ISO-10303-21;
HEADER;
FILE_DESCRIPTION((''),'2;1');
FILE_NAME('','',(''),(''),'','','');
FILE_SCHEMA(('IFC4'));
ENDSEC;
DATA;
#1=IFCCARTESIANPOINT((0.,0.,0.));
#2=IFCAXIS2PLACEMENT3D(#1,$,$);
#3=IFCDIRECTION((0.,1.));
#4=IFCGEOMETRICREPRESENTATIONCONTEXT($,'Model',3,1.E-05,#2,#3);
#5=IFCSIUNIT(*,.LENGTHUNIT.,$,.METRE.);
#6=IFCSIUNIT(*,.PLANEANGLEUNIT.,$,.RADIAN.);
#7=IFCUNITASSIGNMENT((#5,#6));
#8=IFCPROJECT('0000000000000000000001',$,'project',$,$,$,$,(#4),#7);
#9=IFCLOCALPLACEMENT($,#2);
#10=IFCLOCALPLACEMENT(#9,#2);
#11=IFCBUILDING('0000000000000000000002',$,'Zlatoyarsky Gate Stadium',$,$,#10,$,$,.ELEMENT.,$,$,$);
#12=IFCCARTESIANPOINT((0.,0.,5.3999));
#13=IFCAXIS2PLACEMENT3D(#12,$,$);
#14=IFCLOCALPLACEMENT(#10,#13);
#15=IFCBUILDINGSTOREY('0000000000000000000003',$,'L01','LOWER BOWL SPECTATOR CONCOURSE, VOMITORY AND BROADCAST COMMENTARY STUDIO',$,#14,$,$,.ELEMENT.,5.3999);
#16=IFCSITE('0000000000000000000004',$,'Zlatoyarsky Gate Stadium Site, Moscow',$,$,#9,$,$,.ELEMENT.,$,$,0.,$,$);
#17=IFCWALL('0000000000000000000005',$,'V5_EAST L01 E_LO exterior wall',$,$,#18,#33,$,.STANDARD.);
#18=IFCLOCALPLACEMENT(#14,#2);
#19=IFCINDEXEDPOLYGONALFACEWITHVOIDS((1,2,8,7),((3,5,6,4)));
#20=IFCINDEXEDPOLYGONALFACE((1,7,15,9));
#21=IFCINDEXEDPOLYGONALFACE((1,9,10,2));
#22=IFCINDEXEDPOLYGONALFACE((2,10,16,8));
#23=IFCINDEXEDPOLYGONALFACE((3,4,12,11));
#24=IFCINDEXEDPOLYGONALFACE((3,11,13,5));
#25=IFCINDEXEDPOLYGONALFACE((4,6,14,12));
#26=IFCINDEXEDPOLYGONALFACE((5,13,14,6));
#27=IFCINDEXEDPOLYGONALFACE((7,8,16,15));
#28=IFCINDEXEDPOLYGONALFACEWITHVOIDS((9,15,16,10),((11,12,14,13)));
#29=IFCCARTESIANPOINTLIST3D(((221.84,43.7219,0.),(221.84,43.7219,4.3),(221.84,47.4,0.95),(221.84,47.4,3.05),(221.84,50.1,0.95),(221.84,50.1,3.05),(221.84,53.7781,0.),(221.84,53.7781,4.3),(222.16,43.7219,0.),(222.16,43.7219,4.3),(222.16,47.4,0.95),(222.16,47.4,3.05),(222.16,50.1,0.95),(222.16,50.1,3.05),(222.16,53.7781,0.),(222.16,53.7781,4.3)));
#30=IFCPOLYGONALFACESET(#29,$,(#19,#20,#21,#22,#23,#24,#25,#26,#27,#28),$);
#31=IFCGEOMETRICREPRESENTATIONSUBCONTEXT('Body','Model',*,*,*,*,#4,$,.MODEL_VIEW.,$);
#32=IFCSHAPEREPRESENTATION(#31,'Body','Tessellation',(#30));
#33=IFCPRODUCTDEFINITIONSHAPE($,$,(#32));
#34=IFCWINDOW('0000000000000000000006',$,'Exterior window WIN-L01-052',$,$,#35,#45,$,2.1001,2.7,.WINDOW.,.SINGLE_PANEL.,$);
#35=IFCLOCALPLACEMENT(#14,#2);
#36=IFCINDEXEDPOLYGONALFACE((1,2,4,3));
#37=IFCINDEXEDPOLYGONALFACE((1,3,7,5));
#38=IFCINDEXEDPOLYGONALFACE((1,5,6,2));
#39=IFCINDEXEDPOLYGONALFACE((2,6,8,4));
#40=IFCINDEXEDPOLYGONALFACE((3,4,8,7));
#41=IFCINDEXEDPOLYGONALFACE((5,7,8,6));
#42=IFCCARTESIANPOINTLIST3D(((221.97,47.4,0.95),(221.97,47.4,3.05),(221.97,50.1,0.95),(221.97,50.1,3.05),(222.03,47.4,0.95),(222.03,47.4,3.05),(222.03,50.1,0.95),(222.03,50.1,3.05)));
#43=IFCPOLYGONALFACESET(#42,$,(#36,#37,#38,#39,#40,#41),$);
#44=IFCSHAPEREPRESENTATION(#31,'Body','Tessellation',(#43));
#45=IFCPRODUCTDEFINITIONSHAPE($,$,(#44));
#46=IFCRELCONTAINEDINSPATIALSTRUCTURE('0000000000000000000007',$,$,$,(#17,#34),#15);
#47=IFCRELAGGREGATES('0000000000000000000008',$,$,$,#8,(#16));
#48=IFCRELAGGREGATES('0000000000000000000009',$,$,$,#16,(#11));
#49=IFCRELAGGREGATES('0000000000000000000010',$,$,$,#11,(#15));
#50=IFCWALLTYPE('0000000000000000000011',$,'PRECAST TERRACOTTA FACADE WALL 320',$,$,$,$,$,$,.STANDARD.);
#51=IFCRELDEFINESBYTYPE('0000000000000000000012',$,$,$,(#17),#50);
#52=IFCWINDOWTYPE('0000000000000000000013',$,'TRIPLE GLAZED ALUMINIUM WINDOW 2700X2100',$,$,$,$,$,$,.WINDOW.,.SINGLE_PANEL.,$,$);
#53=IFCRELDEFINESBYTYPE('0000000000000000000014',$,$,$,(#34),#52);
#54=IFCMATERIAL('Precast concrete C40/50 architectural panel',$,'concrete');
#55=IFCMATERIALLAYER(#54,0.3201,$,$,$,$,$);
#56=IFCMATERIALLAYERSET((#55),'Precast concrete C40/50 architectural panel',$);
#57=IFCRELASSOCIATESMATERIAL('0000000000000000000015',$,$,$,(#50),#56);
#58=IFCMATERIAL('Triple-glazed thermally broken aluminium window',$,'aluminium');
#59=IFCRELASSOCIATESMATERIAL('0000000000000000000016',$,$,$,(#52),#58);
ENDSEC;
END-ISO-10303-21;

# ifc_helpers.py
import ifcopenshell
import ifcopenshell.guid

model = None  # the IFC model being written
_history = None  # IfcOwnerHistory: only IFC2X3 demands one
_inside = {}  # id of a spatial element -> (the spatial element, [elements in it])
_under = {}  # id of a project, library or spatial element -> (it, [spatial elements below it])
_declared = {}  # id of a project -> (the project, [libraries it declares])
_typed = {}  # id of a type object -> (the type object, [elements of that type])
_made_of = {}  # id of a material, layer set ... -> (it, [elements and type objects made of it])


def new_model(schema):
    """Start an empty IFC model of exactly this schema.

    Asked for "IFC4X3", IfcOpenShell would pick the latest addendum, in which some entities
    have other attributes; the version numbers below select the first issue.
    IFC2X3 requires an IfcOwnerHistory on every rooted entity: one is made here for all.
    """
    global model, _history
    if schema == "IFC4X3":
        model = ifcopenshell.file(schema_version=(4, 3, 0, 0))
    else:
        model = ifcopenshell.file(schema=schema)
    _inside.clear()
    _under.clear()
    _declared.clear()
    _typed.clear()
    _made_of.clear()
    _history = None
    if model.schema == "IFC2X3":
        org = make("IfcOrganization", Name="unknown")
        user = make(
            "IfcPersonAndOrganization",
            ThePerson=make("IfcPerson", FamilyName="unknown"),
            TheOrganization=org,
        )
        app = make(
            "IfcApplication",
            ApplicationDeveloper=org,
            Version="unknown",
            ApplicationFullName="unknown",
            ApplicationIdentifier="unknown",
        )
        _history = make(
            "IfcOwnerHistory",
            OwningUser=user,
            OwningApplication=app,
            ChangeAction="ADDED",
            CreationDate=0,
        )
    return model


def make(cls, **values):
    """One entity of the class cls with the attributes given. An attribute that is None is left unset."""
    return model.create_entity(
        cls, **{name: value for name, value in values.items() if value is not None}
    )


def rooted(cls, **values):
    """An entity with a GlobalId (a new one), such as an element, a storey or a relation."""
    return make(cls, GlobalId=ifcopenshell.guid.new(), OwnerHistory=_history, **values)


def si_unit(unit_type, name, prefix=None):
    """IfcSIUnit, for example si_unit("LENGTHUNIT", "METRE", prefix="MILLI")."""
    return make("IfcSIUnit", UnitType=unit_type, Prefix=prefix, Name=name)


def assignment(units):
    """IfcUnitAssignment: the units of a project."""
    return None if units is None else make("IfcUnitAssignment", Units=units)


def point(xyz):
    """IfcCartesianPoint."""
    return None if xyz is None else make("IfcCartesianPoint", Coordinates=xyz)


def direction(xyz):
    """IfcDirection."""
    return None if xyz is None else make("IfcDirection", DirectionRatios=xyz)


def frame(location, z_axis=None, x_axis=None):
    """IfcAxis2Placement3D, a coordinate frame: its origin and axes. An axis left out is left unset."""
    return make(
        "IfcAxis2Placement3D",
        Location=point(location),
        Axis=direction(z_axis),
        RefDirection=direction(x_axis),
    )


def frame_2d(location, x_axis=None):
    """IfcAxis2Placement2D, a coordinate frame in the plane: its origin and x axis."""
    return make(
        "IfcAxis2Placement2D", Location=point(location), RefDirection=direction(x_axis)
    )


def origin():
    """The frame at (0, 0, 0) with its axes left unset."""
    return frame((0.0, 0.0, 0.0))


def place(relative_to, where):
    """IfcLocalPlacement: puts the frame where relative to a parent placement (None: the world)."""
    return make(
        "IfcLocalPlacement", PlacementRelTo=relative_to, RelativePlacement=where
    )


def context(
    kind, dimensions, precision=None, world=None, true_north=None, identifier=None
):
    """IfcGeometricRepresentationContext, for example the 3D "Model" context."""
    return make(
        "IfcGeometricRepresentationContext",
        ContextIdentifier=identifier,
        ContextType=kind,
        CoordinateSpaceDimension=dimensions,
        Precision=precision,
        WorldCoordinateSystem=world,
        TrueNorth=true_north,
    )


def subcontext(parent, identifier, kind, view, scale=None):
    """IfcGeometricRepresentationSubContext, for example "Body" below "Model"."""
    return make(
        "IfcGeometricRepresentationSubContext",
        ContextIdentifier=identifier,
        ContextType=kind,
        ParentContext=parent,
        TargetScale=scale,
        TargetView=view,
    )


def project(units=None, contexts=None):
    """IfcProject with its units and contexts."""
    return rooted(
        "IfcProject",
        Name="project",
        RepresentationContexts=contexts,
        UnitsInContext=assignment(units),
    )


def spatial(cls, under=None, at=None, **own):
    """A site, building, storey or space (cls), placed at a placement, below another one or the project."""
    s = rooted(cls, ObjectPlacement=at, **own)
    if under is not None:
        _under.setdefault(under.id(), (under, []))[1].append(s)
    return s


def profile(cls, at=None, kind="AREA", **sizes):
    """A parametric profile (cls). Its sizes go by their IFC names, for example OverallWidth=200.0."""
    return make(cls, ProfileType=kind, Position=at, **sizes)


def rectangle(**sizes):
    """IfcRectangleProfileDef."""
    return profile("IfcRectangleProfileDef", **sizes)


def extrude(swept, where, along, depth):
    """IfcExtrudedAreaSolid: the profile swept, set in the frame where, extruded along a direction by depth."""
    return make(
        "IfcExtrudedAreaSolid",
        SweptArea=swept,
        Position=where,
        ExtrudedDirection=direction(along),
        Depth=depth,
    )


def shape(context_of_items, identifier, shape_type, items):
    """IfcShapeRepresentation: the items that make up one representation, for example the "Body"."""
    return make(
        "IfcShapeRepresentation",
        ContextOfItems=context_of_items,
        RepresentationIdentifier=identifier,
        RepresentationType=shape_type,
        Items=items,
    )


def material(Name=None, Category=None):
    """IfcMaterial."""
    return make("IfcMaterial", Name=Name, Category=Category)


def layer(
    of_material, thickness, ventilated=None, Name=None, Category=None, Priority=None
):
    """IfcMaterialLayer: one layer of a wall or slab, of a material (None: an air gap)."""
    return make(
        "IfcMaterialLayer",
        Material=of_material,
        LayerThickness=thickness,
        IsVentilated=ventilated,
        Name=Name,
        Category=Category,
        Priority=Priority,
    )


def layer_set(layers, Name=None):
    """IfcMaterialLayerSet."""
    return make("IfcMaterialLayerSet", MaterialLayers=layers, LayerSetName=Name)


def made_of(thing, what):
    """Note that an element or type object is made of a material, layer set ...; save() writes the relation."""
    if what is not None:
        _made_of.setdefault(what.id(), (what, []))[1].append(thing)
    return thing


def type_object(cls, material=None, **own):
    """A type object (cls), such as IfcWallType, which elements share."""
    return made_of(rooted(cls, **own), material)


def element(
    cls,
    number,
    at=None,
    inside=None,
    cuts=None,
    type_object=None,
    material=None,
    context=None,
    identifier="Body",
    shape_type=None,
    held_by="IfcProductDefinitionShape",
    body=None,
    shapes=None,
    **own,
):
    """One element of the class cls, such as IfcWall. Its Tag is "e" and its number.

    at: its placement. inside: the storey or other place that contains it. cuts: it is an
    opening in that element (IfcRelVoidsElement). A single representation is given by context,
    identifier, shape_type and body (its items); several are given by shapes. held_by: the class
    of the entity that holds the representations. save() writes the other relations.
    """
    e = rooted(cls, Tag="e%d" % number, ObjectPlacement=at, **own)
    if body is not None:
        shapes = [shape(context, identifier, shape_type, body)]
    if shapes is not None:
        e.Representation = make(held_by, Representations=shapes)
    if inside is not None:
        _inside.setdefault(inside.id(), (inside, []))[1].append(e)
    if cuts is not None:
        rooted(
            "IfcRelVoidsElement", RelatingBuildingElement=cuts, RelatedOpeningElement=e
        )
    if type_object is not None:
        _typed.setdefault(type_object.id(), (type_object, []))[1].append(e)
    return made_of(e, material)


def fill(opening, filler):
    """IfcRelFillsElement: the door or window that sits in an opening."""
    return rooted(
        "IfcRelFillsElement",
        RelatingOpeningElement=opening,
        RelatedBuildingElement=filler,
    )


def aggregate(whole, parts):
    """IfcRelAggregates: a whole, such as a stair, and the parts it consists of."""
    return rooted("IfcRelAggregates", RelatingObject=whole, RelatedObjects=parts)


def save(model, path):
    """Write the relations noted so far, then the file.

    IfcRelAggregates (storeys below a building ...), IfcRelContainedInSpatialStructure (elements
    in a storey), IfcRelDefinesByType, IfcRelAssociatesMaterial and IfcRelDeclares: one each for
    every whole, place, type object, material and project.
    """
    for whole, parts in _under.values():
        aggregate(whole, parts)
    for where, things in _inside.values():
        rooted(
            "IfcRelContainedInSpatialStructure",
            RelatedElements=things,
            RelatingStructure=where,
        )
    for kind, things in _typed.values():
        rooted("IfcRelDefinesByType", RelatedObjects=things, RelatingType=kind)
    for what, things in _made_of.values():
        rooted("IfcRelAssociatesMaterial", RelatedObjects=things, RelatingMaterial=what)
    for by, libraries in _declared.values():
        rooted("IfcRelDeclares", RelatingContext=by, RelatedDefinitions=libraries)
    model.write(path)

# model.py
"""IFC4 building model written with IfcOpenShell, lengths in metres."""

from ifc_helpers import new_model, si_unit, direction, frame, frame_2d, origin, place, context, subcontext, project, spatial, rectangle, extrude, material, layer, layer_set, type_object, element, fill, save


model = new_model("IFC4")

# Units and contexts
model_context = context("Model", 3, precision=1e-05, world=origin(), true_north=direction((0.0, 1.0)))
body_context = subcontext(model_context, "Body", "Model", "MODEL_VIEW")
ifc_project = project(units=[si_unit("LENGTHUNIT", "METRE"), si_unit("PLANEANGLEUNIT", "RADIAN")], contexts=[model_context])

# Site, building, storey
site_placement = place(None, origin())
site = spatial("IfcSite", under=ifc_project, at=site_placement, Name="Zlatoyarsky Gate Stadium Site, Moscow", CompositionType="ELEMENT", RefElevation=0.0)
building_placement = place(site_placement, origin())
building = spatial("IfcBuilding", under=site, at=building_placement, Name="Zlatoyarsky Gate Stadium", CompositionType="ELEMENT")
storey_placement = place(building_placement, frame((0.0, 0.0, 5.3999)))
storey = spatial("IfcBuildingStorey", under=building, at=storey_placement, Name="L01", Description="LOWER BOWL SPECTATOR CONCOURSE, VOMITORY AND BROADCAST COMMENTARY STUDIO", CompositionType="ELEMENT", Elevation=5.3999)

# Wall, opening, window
ifc_material_1 = material(Name="Precast concrete C40/50 architectural panel", Category="concrete")
ifc_layer_1 = layer(ifc_material_1, 0.3201)
ifc_layer_set_1 = layer_set([ifc_layer_1], Name="Precast concrete C40/50 architectural panel")
wall_type = type_object("IfcWallType", Name="PRECAST TERRACOTTA FACADE WALL 320", PredefinedType="STANDARD", material=ifc_layer_set_1)
wall_placement = place(storey_placement, frame((222.0, 43.7219, 0.0), z_axis=(0.0, 0.0, 1.0), x_axis=(0.0, 1.0, 0.0)))
wall = element("IfcWall", 1, at=wall_placement, inside=storey, type_object=wall_type, Name="V5_EAST L01 E_LO exterior wall", PredefinedType="STANDARD", context=body_context, shape_type="SweptSolid", body=[
    extrude(rectangle(XDim=10.0562, YDim=0.3201, at=frame_2d((5.0281, 0.0))), origin(), (0.0, 0.0, 1.0), 4.3),
])
opening_placement = place(wall_placement, frame((3.678, 0.0, 0.95)))
opening = element("IfcOpeningElement", 2, at=opening_placement, cuts=wall, PredefinedType="OPENING", context=body_context, shape_type="SweptSolid", body=[
    extrude(rectangle(XDim=2.7, YDim=2.1001, at=frame_2d((1.3501, 1.05))), frame((0.0, 0.1699, 0.0), z_axis=(0.0, -1.0, 0.0), x_axis=(1.0, 0.0, 0.0)), (0.0, 0.0, 1.0), 0.3401),
])
ifc_material_2 = material(Name="Triple-glazed thermally broken aluminium window", Category="aluminium")
window_type = type_object("IfcWindowType", Name="TRIPLE GLAZED ALUMINIUM WINDOW 2700X2100", PartitioningType="SINGLE_PANEL", PredefinedType="WINDOW", material=ifc_material_2)
window_placement = place(opening_placement, origin())
window = element("IfcWindow", 3, at=window_placement, inside=storey, type_object=window_type, Name="Exterior window WIN-L01-052", OverallHeight=2.1001, OverallWidth=2.7, PartitioningType="SINGLE_PANEL", PredefinedType="WINDOW", context=body_context, shape_type="SweptSolid", body=[
    extrude(rectangle(XDim=2.7, YDim=2.1001, at=frame_2d((1.3501, 1.05))), frame((0.0, 0.03, 0.0), z_axis=(0.0, -1.0, 0.0), x_axis=(1.0, 0.0, 0.0)), (0.0, 0.0, 1.0), 0.0601),
])
fill(opening, window)

save(model, "model.ifc")
